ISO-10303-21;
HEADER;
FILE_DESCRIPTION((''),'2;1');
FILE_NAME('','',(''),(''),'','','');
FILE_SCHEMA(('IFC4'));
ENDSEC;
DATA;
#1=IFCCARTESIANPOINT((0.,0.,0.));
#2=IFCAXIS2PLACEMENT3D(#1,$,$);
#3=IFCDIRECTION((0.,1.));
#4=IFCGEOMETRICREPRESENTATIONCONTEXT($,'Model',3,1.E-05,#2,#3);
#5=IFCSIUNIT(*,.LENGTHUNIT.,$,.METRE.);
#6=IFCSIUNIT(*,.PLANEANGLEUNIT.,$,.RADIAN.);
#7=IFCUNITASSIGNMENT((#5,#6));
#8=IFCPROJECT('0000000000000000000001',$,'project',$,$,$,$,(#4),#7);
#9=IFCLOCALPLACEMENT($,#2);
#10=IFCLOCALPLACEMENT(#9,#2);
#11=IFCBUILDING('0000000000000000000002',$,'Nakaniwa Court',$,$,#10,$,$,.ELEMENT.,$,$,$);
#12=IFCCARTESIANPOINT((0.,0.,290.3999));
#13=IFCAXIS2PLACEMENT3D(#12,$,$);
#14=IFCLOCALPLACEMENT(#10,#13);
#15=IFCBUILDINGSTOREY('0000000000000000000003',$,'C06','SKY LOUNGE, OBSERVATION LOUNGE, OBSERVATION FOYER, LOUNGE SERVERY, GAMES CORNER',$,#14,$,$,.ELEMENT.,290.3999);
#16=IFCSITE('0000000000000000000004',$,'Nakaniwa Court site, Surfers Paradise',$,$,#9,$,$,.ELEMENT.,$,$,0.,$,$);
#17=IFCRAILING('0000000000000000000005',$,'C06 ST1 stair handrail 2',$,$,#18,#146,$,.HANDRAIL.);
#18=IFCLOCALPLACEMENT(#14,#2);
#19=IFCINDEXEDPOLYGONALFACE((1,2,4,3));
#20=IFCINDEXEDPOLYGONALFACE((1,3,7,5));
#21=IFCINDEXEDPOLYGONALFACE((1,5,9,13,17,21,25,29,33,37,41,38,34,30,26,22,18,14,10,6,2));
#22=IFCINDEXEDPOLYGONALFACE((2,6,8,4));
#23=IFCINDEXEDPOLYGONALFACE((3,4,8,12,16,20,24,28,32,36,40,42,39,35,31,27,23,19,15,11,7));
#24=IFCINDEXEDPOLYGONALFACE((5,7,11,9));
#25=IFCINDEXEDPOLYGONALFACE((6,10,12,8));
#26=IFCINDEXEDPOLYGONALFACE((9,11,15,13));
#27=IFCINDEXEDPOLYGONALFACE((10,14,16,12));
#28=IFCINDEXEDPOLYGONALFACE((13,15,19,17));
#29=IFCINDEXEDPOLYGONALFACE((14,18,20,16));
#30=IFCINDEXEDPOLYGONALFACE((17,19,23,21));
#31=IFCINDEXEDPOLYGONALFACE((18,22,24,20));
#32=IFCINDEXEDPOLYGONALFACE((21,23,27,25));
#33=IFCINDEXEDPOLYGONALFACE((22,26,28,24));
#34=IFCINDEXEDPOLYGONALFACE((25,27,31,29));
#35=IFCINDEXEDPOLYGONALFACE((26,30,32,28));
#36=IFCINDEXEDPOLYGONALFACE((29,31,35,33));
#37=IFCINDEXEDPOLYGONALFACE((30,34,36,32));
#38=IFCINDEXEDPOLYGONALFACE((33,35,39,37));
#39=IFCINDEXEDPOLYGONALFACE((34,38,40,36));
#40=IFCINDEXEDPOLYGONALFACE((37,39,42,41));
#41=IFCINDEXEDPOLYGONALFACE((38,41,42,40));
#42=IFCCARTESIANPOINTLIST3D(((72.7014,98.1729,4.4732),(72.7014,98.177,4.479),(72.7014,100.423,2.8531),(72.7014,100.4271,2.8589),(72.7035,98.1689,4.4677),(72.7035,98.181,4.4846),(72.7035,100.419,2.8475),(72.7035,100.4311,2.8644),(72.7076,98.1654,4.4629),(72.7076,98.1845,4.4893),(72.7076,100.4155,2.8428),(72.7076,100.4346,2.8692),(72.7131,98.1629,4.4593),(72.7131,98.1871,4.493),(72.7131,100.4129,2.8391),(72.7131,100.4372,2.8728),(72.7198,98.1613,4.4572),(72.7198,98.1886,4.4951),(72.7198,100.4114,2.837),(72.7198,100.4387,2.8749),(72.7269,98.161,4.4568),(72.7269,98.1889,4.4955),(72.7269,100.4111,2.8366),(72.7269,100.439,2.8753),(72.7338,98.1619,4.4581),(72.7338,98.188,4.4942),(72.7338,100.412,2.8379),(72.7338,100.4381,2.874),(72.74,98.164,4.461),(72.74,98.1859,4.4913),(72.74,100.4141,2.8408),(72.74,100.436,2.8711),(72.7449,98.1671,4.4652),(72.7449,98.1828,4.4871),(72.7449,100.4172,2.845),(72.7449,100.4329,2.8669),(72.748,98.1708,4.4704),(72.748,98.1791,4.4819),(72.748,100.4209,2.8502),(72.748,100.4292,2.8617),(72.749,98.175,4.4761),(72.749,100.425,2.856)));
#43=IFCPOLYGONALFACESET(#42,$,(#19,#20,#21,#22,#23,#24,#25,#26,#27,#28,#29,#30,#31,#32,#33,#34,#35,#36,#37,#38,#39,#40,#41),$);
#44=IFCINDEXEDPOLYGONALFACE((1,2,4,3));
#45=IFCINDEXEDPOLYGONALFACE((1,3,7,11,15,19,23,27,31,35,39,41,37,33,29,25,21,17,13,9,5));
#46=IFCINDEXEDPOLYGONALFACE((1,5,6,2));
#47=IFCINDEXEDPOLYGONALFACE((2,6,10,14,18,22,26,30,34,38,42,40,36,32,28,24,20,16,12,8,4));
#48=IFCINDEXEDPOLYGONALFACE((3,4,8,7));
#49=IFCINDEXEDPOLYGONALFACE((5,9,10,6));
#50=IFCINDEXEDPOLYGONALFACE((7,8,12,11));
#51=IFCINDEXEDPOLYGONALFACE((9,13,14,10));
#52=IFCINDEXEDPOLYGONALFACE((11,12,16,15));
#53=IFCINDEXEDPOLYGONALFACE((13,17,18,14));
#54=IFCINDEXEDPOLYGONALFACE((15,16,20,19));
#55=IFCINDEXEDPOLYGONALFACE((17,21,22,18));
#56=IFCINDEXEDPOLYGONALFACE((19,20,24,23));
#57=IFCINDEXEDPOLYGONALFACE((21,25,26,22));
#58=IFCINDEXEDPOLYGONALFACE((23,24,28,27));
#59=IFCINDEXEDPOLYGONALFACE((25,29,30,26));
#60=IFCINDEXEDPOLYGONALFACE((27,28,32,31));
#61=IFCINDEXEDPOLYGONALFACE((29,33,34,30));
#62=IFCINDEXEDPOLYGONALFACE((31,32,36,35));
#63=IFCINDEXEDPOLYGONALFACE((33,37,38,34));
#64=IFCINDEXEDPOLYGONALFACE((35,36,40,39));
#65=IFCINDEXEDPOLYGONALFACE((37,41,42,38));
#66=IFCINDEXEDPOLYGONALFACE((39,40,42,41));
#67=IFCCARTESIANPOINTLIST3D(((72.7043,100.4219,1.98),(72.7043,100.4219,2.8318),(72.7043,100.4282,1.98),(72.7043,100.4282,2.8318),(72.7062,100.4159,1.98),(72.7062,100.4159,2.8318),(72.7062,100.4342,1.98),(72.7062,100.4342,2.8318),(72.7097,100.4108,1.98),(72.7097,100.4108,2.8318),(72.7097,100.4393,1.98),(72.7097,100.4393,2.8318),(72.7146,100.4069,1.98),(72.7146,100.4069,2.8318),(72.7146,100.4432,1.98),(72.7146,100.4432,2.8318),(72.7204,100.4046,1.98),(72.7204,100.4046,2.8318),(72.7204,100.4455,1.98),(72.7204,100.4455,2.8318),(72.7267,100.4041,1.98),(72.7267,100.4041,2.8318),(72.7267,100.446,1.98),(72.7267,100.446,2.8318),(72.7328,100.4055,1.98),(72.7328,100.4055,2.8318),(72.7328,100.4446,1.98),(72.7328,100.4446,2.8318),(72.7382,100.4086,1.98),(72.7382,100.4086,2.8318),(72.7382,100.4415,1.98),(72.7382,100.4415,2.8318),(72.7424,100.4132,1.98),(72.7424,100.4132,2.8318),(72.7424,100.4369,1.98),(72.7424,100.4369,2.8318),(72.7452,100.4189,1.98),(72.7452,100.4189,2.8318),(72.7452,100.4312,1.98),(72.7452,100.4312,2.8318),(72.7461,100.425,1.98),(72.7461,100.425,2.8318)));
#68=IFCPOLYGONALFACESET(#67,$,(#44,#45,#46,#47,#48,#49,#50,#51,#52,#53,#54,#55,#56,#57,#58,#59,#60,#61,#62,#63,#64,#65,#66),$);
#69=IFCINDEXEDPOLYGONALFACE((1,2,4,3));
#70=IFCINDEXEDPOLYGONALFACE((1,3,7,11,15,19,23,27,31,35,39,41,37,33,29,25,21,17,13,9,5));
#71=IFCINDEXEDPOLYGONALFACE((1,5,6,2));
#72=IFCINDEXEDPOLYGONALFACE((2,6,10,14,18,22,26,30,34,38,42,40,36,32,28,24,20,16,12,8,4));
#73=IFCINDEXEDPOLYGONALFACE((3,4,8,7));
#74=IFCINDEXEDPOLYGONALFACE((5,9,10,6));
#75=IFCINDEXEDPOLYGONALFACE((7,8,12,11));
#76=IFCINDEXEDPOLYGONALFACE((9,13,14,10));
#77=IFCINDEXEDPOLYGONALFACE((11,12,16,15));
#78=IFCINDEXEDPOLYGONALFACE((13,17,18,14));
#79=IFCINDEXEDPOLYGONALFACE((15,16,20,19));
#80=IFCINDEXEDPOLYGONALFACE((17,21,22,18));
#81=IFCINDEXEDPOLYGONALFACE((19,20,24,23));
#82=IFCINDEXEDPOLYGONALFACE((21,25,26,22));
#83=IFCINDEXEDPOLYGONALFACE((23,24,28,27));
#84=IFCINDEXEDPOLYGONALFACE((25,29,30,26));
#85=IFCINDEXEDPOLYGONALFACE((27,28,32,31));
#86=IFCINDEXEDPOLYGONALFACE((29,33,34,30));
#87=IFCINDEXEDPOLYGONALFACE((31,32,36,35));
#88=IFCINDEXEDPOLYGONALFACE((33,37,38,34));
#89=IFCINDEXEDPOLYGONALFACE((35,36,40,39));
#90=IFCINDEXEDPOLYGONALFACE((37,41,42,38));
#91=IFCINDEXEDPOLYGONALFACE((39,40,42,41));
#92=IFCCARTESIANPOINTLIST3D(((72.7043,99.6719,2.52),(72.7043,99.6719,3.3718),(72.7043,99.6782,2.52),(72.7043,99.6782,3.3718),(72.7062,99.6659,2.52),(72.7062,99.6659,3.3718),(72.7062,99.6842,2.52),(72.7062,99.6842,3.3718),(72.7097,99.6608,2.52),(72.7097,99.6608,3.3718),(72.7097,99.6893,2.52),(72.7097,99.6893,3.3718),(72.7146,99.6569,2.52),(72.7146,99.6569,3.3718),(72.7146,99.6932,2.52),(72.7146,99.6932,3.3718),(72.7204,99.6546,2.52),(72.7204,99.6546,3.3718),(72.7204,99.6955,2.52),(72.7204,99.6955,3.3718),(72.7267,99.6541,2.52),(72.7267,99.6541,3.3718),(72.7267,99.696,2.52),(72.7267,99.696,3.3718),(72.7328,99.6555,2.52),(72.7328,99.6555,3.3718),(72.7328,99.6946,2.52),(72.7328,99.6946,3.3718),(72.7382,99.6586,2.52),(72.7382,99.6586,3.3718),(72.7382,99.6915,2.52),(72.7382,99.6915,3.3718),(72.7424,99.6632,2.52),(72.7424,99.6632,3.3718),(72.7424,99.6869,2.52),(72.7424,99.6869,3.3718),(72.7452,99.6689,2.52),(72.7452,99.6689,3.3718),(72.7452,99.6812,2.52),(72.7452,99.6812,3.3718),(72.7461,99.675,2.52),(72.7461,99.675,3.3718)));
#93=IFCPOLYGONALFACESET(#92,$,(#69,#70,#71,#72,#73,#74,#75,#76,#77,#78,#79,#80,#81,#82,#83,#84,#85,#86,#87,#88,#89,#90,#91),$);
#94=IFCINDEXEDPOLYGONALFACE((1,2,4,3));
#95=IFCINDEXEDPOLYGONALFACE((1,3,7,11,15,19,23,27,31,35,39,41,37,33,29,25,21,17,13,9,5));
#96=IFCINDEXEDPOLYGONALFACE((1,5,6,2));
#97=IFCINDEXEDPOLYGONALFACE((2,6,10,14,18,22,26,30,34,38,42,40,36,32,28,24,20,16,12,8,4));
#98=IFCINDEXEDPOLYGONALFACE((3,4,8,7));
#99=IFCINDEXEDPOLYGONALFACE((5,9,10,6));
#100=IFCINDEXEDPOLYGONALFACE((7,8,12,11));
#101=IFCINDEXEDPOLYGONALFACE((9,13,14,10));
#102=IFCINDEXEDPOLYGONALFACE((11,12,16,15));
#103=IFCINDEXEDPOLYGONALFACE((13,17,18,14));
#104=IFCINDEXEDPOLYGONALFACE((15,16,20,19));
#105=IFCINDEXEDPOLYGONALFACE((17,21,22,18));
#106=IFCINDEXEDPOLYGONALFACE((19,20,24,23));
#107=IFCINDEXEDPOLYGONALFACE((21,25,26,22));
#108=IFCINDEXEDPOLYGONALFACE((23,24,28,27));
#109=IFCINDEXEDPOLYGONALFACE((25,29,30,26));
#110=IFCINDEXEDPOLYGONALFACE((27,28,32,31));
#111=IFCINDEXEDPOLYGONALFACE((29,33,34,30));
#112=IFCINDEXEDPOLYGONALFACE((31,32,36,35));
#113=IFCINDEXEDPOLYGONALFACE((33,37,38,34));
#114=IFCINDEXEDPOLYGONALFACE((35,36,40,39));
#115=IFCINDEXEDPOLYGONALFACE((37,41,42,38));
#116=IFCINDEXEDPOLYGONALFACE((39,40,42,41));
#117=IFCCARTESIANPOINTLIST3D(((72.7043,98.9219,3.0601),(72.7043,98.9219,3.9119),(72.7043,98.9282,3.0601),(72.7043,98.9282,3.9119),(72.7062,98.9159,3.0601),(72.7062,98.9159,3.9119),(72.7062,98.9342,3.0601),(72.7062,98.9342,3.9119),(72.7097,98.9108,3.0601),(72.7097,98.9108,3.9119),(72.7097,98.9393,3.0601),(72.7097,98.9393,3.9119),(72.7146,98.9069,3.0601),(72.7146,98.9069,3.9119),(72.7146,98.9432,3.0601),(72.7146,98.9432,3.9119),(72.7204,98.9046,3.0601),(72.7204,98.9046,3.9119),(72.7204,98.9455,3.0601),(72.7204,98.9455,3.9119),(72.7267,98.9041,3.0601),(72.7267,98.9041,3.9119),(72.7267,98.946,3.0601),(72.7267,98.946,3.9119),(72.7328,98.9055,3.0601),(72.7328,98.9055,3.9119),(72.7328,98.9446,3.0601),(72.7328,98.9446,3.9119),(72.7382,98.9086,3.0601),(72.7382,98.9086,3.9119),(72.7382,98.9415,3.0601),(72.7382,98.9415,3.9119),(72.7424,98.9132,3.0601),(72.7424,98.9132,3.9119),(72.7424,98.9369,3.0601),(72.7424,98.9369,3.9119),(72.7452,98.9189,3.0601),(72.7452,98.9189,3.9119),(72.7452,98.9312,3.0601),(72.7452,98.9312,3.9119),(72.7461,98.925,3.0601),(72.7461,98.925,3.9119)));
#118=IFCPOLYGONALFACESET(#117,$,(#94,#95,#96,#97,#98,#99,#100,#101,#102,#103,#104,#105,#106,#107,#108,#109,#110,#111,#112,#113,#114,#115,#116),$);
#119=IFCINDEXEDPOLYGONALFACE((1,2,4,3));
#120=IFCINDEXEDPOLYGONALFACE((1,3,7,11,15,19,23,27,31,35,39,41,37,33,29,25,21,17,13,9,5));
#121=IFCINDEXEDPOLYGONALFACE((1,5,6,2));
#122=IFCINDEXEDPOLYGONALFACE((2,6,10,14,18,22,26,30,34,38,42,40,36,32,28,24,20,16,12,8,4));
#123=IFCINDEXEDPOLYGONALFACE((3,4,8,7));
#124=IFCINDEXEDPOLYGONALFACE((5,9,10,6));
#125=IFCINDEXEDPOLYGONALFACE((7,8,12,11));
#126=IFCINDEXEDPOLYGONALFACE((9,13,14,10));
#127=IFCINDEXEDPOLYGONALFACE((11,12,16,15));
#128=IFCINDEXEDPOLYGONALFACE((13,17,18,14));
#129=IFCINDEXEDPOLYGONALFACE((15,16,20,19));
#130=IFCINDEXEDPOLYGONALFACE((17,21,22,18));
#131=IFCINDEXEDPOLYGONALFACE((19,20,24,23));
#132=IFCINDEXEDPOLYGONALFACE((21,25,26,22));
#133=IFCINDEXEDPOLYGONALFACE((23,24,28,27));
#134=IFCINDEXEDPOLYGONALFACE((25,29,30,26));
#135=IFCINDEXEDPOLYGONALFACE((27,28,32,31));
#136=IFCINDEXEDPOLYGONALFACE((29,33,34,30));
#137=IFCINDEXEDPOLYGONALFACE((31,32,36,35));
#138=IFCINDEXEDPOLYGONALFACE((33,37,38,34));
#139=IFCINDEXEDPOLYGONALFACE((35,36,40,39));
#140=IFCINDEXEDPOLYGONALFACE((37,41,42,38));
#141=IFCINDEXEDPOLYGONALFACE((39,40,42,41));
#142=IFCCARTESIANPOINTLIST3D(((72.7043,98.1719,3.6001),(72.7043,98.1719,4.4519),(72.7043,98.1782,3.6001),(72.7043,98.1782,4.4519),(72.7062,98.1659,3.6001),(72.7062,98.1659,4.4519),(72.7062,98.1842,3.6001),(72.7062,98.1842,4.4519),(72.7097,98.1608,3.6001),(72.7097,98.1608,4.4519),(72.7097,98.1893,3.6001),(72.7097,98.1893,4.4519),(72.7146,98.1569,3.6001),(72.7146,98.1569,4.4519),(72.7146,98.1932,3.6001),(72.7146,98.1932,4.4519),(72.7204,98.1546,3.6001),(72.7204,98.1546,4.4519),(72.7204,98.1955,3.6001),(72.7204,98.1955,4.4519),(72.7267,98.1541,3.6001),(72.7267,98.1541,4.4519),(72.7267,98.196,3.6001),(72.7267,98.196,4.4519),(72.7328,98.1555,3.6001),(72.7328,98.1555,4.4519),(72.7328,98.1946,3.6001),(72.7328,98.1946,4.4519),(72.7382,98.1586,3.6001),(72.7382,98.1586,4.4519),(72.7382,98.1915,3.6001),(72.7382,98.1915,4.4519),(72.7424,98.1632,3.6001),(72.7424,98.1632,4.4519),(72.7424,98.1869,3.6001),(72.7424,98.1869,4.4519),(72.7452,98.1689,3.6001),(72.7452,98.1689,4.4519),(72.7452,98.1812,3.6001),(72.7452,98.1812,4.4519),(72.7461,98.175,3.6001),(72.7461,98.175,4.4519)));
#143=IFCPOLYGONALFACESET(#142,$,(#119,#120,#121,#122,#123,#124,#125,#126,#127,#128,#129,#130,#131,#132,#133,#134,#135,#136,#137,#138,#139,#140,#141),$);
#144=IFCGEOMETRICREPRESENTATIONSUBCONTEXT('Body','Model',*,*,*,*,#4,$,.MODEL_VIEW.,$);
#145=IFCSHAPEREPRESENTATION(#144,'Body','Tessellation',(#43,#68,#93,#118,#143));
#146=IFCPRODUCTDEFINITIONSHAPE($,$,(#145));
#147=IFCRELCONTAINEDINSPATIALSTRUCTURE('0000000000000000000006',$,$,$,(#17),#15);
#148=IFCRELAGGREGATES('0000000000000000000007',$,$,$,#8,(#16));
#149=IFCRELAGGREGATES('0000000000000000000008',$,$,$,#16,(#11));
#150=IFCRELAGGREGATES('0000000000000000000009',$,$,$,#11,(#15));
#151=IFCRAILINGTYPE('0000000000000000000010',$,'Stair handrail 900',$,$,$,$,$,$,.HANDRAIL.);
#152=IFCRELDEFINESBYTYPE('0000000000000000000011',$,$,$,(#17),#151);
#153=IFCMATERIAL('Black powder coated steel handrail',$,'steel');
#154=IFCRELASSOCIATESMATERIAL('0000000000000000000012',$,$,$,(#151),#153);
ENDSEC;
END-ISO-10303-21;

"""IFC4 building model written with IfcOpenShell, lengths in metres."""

from ifc_helpers import new_model, si_unit, direction, frame, origin, origin_2d, place, context, subcontext, project, spatial, circle, extrude, material, type_object, element, save


model = new_model("IFC4")

# Units and contexts
model_context = context("Model", 3, precision=1e-05, world=origin(), true_north=direction((0.0, 1.0)))
body_context = subcontext(model_context, "Body", "Model", "MODEL_VIEW")
ifc_project = project(units=[si_unit("LENGTHUNIT", "METRE"), si_unit("PLANEANGLEUNIT", "RADIAN")], contexts=[model_context])

# Site, building, storey
site_placement = place(None, origin())
site = spatial("IfcSite", under=ifc_project, at=site_placement, Name="Nakaniwa Court site, Surfers Paradise", CompositionType="ELEMENT", RefElevation=0.0)
building_placement = place(site_placement, origin())
building = spatial("IfcBuilding", under=site, at=building_placement, Name="Nakaniwa Court", CompositionType="ELEMENT")
storey_placement = place(building_placement, frame((0.0, 0.0, 290.3999)))
storey = spatial("IfcBuildingStorey", under=building, at=storey_placement, Name="C06", Description="SKY LOUNGE, OBSERVATION LOUNGE, OBSERVATION FOYER, LOUNGE SERVERY, GAMES CORNER", CompositionType="ELEMENT", Elevation=290.3999)

# Railing
ifc_material_1 = material(Name="Black powder coated steel handrail", Category="steel")
railing_type_1 = type_object("IfcRailingType", Name="Stair handrail 900", PredefinedType="HANDRAIL", material=ifc_material_1)
railing_1_placement = place(storey_placement, frame((72.7251, 100.425, 1.98)))
element("IfcRailing", 1, at=railing_1_placement, inside=storey, type_object=railing_type_1, Name="C06 ST1 stair handrail 2", PredefinedType="HANDRAIL", context=body_context, shape_type="SweptSolid", body=[
    extrude(circle(Radius=0.0239, at=origin_2d()), frame((0.0, 0.0, 0.876), z_axis=(0.0, -0.811514, 0.584333), x_axis=(1.0, 0.0, 0.0)), (0.0, 0.0, 1.0), 2.7727),
    extrude(circle(Radius=0.021, at=origin_2d()), origin(), (0.0, 0.0, 1.0), 0.8518),
    extrude(circle(Radius=0.021, at=origin_2d()), frame((0.0, -0.75, 0.54)), (0.0, 0.0, 1.0), 0.8518),
    extrude(circle(Radius=0.021, at=origin_2d()), frame((0.0, -1.5, 1.0801)), (0.0, 0.0, 1.0), 0.8518),
    extrude(circle(Radius=0.021, at=origin_2d()), frame((0.0, -2.25, 1.6201)), (0.0, 0.0, 1.0), 0.8518),
])

save(model, "model.ifc")
